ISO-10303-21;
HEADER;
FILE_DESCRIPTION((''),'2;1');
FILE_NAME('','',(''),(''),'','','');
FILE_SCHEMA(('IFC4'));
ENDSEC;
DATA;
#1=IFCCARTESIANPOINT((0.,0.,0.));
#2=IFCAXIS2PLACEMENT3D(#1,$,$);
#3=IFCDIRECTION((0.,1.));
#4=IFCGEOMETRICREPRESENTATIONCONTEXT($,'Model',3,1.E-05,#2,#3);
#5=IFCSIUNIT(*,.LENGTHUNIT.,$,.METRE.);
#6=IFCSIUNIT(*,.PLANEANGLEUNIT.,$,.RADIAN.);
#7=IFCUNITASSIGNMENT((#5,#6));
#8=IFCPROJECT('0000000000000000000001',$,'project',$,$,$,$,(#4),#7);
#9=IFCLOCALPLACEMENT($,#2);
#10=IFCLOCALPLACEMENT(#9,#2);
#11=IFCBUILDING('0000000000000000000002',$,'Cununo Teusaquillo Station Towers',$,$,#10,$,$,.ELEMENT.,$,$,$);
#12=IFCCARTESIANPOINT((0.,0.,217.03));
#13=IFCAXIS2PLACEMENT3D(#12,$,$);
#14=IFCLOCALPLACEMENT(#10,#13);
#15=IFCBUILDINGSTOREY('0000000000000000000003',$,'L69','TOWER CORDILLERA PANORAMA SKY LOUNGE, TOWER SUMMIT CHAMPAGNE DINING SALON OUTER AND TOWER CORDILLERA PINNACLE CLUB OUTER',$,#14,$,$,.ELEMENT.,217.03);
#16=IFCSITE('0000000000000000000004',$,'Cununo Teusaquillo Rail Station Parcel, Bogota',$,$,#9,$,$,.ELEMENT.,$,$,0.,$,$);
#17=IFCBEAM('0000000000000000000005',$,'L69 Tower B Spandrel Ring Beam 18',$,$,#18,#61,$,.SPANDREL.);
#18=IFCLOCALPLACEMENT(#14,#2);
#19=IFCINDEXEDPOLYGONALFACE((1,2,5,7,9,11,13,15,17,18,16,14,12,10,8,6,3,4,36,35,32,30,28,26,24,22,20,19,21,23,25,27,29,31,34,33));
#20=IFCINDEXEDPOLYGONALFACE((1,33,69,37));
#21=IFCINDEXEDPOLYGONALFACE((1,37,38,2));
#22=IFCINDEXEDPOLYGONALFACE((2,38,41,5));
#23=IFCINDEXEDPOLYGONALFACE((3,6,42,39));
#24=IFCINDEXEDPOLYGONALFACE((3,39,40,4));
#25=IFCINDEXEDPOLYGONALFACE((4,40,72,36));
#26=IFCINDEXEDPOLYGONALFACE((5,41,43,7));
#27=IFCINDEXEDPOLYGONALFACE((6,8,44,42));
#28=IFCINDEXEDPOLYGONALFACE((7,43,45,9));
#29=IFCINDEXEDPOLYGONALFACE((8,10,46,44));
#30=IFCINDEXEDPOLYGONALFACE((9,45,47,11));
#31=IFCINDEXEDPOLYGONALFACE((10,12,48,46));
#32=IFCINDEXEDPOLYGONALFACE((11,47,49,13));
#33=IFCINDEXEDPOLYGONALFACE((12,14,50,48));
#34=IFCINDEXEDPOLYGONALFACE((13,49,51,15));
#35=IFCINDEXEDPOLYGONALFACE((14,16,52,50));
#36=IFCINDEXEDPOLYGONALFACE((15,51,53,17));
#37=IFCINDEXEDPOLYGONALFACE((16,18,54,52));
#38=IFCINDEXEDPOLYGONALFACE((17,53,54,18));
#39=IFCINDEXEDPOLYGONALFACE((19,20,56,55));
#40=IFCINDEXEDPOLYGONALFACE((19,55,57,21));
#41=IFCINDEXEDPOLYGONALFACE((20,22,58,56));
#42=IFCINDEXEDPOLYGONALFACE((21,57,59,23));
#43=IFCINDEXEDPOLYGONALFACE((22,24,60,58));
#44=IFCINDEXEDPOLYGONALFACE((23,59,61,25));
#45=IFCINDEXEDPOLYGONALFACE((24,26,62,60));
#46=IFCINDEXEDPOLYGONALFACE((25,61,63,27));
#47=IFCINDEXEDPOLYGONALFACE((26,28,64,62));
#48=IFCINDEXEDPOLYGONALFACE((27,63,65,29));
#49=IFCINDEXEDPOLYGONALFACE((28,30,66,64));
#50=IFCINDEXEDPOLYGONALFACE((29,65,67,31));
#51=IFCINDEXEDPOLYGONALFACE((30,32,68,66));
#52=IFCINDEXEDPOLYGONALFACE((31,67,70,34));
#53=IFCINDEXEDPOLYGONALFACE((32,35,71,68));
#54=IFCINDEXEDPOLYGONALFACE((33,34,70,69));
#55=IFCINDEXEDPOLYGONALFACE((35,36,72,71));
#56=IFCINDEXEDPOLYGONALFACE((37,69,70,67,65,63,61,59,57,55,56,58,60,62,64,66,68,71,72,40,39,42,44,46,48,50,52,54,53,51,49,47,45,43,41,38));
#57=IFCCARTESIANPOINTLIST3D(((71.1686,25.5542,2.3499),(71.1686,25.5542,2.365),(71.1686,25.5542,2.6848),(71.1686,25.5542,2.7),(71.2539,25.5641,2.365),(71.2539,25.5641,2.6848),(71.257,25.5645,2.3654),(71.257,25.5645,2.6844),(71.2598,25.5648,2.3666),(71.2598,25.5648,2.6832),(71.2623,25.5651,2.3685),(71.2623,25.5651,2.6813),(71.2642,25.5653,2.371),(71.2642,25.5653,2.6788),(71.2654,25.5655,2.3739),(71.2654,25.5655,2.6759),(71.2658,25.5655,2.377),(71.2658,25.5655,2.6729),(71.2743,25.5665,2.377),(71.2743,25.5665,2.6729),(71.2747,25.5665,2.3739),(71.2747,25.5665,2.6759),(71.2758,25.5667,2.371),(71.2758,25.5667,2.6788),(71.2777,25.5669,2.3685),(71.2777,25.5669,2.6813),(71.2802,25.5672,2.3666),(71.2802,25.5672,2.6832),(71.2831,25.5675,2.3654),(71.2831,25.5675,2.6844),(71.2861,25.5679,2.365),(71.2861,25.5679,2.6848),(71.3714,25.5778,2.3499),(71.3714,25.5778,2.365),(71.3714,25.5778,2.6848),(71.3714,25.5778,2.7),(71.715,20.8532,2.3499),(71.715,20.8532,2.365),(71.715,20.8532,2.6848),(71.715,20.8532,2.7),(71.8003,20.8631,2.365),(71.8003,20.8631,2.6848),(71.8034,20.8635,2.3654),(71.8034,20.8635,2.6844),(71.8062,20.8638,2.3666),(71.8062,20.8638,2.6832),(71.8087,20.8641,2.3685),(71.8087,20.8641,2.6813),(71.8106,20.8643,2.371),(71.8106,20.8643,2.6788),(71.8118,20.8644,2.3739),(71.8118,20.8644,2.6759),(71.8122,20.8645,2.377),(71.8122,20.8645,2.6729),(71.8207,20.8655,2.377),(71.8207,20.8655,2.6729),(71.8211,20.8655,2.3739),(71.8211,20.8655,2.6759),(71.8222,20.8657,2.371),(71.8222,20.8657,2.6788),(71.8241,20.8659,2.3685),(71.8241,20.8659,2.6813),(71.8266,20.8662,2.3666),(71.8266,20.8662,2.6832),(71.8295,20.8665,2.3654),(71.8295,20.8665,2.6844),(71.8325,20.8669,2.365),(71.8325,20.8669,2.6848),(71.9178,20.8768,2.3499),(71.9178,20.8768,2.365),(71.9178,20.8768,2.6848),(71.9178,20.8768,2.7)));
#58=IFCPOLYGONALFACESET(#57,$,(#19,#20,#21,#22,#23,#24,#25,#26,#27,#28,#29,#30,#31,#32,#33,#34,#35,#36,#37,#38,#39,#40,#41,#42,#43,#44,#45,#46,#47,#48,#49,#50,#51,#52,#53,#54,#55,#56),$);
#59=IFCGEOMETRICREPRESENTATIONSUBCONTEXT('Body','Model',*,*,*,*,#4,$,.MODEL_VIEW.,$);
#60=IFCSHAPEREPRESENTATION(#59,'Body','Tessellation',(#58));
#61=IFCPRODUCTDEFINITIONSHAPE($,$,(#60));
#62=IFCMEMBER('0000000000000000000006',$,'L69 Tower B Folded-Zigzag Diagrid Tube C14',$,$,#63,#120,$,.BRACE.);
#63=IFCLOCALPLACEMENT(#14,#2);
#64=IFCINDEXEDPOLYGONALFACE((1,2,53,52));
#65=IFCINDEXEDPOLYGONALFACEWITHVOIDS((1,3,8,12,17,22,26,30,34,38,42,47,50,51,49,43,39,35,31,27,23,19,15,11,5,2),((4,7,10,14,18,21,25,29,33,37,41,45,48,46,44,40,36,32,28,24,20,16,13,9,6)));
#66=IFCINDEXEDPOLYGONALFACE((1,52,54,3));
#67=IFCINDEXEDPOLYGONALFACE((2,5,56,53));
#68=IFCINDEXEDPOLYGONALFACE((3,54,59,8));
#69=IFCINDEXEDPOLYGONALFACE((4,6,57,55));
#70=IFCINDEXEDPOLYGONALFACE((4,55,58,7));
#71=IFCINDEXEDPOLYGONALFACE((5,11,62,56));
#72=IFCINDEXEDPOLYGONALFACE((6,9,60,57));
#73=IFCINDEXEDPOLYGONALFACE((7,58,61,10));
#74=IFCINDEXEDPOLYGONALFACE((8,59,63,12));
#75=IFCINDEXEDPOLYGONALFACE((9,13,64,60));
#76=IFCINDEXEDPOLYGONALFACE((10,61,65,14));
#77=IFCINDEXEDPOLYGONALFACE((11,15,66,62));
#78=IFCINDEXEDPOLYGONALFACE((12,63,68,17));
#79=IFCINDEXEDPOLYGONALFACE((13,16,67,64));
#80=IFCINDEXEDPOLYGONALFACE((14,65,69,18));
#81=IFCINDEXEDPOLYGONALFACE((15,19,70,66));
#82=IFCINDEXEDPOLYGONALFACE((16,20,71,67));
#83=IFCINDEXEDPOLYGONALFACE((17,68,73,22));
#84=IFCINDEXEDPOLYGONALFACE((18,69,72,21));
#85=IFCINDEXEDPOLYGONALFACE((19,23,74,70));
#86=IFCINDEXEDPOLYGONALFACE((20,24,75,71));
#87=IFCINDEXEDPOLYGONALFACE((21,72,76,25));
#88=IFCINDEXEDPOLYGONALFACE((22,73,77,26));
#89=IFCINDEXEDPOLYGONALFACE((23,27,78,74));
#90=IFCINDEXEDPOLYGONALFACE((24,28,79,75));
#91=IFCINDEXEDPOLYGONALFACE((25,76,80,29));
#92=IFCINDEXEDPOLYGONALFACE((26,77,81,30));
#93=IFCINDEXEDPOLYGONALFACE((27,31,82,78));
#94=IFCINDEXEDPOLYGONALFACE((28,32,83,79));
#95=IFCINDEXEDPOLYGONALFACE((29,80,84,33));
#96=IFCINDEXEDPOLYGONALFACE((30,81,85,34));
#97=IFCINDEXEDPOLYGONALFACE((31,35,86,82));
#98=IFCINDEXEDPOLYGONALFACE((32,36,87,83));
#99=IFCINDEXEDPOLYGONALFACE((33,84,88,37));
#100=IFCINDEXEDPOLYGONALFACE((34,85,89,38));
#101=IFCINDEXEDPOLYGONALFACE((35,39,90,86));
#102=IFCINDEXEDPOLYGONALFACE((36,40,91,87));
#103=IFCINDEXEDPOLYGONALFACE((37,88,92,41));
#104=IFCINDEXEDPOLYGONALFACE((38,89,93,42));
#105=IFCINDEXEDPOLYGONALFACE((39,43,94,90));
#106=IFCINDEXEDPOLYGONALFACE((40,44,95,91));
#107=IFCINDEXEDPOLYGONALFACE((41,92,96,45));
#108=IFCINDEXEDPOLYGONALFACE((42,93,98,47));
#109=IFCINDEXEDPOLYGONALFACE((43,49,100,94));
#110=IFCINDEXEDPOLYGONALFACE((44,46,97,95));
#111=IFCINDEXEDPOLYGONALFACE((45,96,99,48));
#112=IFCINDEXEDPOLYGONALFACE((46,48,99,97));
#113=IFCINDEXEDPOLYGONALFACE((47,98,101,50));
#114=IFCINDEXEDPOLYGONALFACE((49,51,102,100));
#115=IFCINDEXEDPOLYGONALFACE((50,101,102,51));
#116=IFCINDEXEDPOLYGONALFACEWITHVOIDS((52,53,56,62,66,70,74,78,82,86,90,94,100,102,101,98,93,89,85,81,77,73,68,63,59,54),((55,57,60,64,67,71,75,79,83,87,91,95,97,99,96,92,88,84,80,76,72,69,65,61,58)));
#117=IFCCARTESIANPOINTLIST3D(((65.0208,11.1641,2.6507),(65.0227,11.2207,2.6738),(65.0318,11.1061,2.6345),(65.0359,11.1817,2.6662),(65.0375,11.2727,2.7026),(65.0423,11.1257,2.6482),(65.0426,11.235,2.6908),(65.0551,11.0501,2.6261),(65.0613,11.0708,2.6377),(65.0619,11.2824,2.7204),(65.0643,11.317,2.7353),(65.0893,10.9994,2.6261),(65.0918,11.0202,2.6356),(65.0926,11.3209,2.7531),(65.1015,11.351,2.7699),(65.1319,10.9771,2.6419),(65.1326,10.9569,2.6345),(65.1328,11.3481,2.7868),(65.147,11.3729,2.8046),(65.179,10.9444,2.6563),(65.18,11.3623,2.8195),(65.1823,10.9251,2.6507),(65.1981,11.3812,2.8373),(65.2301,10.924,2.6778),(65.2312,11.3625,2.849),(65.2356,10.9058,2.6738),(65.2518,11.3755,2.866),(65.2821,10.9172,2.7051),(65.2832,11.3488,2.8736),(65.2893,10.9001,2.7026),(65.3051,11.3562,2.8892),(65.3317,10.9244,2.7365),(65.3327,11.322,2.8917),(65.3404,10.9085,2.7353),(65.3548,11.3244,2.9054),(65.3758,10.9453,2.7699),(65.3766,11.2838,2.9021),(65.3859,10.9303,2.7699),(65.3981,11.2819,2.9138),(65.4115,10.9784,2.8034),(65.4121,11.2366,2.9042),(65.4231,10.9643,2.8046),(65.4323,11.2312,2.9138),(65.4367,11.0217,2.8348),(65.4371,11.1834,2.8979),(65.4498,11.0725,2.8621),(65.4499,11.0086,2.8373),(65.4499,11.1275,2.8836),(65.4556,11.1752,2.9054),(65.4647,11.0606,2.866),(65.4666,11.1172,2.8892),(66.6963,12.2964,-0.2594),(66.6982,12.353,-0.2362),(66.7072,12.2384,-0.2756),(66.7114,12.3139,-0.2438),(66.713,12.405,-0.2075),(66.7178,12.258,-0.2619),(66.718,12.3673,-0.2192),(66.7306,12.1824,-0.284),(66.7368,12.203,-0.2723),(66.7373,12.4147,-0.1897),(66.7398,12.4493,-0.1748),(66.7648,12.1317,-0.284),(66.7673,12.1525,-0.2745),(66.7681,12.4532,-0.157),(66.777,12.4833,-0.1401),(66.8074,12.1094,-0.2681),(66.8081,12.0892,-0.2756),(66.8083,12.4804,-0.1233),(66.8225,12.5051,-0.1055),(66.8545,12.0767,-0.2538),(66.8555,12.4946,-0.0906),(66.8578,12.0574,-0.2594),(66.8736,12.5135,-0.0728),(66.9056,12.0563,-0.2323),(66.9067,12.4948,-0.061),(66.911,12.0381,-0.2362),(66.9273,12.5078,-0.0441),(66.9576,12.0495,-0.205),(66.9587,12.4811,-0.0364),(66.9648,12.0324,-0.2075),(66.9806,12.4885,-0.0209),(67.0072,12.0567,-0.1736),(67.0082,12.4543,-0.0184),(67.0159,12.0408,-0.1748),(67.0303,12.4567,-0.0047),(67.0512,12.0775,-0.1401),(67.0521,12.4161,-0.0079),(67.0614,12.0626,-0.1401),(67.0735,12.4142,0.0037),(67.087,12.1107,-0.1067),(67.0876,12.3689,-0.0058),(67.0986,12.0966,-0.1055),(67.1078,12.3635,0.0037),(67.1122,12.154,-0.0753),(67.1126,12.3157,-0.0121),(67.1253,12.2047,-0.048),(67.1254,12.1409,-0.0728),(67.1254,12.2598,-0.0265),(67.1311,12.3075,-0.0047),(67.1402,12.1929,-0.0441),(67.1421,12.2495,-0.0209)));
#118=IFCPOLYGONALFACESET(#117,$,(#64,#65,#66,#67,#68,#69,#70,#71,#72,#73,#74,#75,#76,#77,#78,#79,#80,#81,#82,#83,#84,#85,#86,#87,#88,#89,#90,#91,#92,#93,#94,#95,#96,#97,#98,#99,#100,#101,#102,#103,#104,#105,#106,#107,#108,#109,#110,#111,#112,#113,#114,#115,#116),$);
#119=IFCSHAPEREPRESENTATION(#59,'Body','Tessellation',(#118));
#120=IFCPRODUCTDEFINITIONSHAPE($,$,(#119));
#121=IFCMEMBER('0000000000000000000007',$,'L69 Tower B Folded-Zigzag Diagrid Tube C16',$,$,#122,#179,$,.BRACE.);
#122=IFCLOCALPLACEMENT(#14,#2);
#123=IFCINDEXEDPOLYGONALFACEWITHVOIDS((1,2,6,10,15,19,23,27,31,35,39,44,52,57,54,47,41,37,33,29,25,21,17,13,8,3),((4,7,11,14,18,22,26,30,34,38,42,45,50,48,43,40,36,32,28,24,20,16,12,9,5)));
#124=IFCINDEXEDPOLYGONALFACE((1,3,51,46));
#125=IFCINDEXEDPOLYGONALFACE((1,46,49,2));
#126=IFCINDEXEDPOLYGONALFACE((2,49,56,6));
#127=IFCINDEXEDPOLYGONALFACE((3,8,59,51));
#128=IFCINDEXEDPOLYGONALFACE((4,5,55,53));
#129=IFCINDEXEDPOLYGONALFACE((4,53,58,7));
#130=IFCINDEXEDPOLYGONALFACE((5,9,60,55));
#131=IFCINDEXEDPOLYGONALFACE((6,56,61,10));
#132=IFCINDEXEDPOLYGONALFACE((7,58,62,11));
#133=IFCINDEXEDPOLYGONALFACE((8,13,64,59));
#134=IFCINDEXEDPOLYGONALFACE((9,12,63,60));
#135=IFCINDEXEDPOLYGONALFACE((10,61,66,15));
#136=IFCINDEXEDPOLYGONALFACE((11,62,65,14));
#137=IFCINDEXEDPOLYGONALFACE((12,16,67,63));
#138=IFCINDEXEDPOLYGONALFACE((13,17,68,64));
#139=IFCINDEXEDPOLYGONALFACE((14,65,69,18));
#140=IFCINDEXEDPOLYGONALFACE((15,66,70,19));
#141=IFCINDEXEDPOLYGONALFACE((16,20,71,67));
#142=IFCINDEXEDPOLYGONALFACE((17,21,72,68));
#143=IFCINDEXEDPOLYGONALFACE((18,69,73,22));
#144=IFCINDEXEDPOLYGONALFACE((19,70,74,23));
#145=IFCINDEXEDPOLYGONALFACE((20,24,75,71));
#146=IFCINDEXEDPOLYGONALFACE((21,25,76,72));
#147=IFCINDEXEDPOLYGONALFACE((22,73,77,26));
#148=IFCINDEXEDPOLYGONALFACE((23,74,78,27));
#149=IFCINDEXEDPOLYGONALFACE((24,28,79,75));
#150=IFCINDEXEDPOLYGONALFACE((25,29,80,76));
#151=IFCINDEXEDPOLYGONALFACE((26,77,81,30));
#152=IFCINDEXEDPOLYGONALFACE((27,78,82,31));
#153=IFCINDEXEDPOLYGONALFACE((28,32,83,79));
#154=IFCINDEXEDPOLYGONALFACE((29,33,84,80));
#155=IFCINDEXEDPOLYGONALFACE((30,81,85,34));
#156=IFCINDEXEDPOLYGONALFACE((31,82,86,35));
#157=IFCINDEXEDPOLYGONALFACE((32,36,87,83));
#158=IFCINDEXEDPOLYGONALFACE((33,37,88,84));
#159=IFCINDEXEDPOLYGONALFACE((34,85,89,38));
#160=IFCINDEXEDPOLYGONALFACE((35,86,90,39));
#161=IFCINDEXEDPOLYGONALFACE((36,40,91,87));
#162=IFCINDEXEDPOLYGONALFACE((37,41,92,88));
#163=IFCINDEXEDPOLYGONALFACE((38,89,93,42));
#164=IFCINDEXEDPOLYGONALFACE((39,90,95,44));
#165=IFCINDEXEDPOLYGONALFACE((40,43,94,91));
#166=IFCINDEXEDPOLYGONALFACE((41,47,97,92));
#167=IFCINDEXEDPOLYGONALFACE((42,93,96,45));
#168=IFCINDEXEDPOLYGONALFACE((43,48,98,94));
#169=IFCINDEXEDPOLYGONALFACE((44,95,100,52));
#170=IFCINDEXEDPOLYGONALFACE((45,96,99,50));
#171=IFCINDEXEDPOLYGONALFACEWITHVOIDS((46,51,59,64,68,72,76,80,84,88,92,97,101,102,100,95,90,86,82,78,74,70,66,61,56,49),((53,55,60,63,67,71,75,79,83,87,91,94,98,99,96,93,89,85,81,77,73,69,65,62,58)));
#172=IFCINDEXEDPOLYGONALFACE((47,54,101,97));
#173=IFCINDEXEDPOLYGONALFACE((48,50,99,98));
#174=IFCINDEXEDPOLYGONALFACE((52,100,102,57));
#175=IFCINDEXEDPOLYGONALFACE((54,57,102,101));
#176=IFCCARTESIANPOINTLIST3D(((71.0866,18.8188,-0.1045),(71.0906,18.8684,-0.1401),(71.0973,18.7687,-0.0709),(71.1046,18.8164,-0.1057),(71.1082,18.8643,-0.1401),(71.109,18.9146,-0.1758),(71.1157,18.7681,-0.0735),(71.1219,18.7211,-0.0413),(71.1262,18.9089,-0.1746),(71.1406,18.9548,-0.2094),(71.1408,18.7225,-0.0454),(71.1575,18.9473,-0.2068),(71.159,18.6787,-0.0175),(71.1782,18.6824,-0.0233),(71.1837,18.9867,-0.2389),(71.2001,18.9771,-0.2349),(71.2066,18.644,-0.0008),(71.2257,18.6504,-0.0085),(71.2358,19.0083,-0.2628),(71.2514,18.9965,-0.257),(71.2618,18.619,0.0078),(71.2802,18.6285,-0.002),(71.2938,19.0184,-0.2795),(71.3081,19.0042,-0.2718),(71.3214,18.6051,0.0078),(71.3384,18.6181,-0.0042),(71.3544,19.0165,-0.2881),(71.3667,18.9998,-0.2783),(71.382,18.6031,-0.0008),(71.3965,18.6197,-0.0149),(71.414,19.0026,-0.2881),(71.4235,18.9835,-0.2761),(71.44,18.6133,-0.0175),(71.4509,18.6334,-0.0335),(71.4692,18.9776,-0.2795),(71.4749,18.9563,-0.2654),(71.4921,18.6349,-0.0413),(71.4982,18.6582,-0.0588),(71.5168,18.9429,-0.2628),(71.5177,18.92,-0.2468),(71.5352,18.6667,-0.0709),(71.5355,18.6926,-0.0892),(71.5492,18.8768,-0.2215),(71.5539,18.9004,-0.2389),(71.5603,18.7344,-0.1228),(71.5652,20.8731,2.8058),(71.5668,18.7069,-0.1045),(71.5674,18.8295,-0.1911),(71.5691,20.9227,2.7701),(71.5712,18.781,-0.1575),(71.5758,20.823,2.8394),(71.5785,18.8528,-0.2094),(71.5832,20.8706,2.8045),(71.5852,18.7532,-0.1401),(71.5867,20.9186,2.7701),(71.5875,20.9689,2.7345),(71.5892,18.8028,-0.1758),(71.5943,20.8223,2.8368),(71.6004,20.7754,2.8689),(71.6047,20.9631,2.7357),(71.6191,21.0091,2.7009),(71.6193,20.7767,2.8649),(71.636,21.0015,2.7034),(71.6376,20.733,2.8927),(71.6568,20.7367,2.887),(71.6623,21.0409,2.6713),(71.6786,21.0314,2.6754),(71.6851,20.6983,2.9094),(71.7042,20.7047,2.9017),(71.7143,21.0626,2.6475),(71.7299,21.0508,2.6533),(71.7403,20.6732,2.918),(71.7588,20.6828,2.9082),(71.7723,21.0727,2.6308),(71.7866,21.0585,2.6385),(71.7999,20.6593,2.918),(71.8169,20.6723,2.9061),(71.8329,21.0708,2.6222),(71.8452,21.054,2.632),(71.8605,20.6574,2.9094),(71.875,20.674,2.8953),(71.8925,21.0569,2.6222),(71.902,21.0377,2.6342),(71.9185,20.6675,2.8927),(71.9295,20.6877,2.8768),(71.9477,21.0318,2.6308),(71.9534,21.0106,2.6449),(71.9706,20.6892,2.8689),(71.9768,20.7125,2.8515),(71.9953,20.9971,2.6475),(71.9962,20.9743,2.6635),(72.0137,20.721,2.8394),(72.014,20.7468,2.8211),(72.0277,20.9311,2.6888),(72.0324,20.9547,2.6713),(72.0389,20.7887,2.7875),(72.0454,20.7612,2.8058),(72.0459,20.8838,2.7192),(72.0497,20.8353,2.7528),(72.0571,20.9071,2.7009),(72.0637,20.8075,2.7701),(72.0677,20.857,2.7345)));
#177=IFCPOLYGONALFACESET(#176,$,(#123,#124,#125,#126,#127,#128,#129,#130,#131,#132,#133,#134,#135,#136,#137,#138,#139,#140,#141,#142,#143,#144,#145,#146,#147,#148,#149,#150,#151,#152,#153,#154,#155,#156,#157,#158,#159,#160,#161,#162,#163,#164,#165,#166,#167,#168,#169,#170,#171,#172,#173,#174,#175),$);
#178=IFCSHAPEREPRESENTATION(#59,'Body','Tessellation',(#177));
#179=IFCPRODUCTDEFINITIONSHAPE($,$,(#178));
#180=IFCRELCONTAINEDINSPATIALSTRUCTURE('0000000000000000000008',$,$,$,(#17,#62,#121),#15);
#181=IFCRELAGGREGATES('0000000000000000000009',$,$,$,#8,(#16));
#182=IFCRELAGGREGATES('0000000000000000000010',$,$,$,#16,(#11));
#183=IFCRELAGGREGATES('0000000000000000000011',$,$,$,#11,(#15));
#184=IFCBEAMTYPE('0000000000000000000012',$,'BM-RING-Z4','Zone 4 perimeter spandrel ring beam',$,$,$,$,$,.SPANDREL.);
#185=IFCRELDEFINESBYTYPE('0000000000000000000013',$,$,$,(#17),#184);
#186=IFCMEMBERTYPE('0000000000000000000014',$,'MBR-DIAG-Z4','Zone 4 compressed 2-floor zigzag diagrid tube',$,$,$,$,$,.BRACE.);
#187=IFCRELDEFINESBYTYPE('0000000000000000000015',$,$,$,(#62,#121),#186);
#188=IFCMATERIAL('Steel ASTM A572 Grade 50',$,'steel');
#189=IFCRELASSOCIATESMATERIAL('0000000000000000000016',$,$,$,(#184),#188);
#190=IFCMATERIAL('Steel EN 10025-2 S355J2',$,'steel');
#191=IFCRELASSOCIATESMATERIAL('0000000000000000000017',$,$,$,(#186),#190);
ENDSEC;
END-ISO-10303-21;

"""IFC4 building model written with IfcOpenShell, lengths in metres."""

from ifc_helpers import new_model, si_unit, direction, frame, origin, origin_2d, place, context, subcontext, project, spatial, hollow_circle, i_section, extrude, material, material_profile, profile_set, type_object, element, save


model = new_model("IFC4")

# Units and contexts
model_context = context("Model", 3, precision=1e-05, world=origin(), true_north=direction((0.0, 1.0)))
body_context = subcontext(model_context, "Body", "Model", "MODEL_VIEW")
ifc_project = project(units=[si_unit("LENGTHUNIT", "METRE"), si_unit("PLANEANGLEUNIT", "RADIAN")], contexts=[model_context])

# Site, building, storey
site_placement = place(None, origin())
site = spatial("IfcSite", under=ifc_project, at=site_placement, Name="Cununo Teusaquillo Rail Station Parcel, Bogota", CompositionType="ELEMENT", RefElevation=0.0)
building_placement = place(site_placement, origin())
building = spatial("IfcBuilding", under=site, at=building_placement, Name="Cununo Teusaquillo Station Towers", CompositionType="ELEMENT")
storey_placement = place(building_placement, frame((0.0, 0.0, 217.03)))
storey = spatial("IfcBuildingStorey", under=building, at=storey_placement, Name="L69", Description="TOWER CORDILLERA PANORAMA SKY LOUNGE, TOWER SUMMIT CHAMPAGNE DINING SALON OUTER AND TOWER CORDILLERA PINNACLE CLUB OUTER", CompositionType="ELEMENT", Elevation=217.03)

# Beam
ifc_material_1 = material(Name="Steel ASTM A572 Grade 50", Category="steel")
ifc_material_profile_1 = material_profile(ifc_material_1, i_section(OverallWidth=0.2041, OverallDepth=0.3501, WebThickness=0.0085, FlangeThickness=0.0151, FilletRadius=0.012, at=origin_2d()), Name="W14X48")
ifc_profile_set_1 = profile_set([ifc_material_profile_1], Name="Steel ASTM A572 Grade 50")
beam_type_1 = type_object("IfcBeamType", Name="BM-RING-Z4", Description="Zone 4 perimeter spandrel ring beam", PredefinedType="SPANDREL", material=ifc_profile_set_1)
beam_1_placement = place(storey_placement, frame((71.8164, 20.865, 2.5249), z_axis=(-0.115452, 0.993313, 0.0), x_axis=(-0.993313, -0.115452, 0.0)))
element("IfcBeam", 1, at=beam_1_placement, inside=storey, type_object=beam_type_1, Name="L69 Tower B Spandrel Ring Beam 18", PredefinedType="SPANDREL", context=body_context, shape_type="SweptSolid", body=[
    extrude(i_section(OverallWidth=0.2041, OverallDepth=0.3501, WebThickness=0.0085, FlangeThickness=0.0151, FilletRadius=0.012, at=origin_2d()), origin(), (0.0, 0.0, 1.0), 4.7327),
])

# Members
ifc_material_2 = material(Name="Steel EN 10025-2 S355J2", Category="steel")
ifc_material_profile_2 = material_profile(ifc_material_2, hollow_circle(Radius=0.2539, WallThickness=0.0181, at=origin_2d()), Name="CHS 508x18")
ifc_profile_set_2 = profile_set([ifc_material_profile_2], Name="Steel EN 10025-2 S355J2")
member_type = type_object("IfcMemberType", Name="MBR-DIAG-Z4", Description="Zone 4 compressed 2-floor zigzag diagrid tube", PredefinedType="BRACE", material=ifc_profile_set_2)
member_1_placement = place(storey_placement, frame((66.9192, 12.2729, -0.1401), z_axis=(-0.472807, -0.319522, 0.821194), x_axis=(0.559927, -0.828542, 0.0)))
element("IfcMember", 2, at=member_1_placement, inside=storey, type_object=member_type, Name="L69 Tower B Folded-Zigzag Diagrid Tube C14", PredefinedType="BRACE", context=body_context, shape_type="SweptSolid", body=[
    extrude(hollow_circle(Radius=0.2539, WallThickness=0.0181, at=origin_2d()), origin(), (0.0, 0.0, 1.0), 3.5437),
])
member_2_placement = place(storey_placement, frame((71.3379, 18.8108, -0.1401), z_axis=(0.133138, 0.571544, 0.809699), x_axis=(-0.973925, 0.226871, 0.0)))
element("IfcMember", 3, at=member_2_placement, inside=storey, type_object=member_type, Name="L69 Tower B Folded-Zigzag Diagrid Tube C16", PredefinedType="BRACE", context=body_context, shape_type="SweptSolid", body=[
    extrude(hollow_circle(Radius=0.2539, WallThickness=0.0181, at=origin_2d()), origin(), (0.0, 0.0, 1.0), 3.5942),
])

save(model, "model.ifc")
